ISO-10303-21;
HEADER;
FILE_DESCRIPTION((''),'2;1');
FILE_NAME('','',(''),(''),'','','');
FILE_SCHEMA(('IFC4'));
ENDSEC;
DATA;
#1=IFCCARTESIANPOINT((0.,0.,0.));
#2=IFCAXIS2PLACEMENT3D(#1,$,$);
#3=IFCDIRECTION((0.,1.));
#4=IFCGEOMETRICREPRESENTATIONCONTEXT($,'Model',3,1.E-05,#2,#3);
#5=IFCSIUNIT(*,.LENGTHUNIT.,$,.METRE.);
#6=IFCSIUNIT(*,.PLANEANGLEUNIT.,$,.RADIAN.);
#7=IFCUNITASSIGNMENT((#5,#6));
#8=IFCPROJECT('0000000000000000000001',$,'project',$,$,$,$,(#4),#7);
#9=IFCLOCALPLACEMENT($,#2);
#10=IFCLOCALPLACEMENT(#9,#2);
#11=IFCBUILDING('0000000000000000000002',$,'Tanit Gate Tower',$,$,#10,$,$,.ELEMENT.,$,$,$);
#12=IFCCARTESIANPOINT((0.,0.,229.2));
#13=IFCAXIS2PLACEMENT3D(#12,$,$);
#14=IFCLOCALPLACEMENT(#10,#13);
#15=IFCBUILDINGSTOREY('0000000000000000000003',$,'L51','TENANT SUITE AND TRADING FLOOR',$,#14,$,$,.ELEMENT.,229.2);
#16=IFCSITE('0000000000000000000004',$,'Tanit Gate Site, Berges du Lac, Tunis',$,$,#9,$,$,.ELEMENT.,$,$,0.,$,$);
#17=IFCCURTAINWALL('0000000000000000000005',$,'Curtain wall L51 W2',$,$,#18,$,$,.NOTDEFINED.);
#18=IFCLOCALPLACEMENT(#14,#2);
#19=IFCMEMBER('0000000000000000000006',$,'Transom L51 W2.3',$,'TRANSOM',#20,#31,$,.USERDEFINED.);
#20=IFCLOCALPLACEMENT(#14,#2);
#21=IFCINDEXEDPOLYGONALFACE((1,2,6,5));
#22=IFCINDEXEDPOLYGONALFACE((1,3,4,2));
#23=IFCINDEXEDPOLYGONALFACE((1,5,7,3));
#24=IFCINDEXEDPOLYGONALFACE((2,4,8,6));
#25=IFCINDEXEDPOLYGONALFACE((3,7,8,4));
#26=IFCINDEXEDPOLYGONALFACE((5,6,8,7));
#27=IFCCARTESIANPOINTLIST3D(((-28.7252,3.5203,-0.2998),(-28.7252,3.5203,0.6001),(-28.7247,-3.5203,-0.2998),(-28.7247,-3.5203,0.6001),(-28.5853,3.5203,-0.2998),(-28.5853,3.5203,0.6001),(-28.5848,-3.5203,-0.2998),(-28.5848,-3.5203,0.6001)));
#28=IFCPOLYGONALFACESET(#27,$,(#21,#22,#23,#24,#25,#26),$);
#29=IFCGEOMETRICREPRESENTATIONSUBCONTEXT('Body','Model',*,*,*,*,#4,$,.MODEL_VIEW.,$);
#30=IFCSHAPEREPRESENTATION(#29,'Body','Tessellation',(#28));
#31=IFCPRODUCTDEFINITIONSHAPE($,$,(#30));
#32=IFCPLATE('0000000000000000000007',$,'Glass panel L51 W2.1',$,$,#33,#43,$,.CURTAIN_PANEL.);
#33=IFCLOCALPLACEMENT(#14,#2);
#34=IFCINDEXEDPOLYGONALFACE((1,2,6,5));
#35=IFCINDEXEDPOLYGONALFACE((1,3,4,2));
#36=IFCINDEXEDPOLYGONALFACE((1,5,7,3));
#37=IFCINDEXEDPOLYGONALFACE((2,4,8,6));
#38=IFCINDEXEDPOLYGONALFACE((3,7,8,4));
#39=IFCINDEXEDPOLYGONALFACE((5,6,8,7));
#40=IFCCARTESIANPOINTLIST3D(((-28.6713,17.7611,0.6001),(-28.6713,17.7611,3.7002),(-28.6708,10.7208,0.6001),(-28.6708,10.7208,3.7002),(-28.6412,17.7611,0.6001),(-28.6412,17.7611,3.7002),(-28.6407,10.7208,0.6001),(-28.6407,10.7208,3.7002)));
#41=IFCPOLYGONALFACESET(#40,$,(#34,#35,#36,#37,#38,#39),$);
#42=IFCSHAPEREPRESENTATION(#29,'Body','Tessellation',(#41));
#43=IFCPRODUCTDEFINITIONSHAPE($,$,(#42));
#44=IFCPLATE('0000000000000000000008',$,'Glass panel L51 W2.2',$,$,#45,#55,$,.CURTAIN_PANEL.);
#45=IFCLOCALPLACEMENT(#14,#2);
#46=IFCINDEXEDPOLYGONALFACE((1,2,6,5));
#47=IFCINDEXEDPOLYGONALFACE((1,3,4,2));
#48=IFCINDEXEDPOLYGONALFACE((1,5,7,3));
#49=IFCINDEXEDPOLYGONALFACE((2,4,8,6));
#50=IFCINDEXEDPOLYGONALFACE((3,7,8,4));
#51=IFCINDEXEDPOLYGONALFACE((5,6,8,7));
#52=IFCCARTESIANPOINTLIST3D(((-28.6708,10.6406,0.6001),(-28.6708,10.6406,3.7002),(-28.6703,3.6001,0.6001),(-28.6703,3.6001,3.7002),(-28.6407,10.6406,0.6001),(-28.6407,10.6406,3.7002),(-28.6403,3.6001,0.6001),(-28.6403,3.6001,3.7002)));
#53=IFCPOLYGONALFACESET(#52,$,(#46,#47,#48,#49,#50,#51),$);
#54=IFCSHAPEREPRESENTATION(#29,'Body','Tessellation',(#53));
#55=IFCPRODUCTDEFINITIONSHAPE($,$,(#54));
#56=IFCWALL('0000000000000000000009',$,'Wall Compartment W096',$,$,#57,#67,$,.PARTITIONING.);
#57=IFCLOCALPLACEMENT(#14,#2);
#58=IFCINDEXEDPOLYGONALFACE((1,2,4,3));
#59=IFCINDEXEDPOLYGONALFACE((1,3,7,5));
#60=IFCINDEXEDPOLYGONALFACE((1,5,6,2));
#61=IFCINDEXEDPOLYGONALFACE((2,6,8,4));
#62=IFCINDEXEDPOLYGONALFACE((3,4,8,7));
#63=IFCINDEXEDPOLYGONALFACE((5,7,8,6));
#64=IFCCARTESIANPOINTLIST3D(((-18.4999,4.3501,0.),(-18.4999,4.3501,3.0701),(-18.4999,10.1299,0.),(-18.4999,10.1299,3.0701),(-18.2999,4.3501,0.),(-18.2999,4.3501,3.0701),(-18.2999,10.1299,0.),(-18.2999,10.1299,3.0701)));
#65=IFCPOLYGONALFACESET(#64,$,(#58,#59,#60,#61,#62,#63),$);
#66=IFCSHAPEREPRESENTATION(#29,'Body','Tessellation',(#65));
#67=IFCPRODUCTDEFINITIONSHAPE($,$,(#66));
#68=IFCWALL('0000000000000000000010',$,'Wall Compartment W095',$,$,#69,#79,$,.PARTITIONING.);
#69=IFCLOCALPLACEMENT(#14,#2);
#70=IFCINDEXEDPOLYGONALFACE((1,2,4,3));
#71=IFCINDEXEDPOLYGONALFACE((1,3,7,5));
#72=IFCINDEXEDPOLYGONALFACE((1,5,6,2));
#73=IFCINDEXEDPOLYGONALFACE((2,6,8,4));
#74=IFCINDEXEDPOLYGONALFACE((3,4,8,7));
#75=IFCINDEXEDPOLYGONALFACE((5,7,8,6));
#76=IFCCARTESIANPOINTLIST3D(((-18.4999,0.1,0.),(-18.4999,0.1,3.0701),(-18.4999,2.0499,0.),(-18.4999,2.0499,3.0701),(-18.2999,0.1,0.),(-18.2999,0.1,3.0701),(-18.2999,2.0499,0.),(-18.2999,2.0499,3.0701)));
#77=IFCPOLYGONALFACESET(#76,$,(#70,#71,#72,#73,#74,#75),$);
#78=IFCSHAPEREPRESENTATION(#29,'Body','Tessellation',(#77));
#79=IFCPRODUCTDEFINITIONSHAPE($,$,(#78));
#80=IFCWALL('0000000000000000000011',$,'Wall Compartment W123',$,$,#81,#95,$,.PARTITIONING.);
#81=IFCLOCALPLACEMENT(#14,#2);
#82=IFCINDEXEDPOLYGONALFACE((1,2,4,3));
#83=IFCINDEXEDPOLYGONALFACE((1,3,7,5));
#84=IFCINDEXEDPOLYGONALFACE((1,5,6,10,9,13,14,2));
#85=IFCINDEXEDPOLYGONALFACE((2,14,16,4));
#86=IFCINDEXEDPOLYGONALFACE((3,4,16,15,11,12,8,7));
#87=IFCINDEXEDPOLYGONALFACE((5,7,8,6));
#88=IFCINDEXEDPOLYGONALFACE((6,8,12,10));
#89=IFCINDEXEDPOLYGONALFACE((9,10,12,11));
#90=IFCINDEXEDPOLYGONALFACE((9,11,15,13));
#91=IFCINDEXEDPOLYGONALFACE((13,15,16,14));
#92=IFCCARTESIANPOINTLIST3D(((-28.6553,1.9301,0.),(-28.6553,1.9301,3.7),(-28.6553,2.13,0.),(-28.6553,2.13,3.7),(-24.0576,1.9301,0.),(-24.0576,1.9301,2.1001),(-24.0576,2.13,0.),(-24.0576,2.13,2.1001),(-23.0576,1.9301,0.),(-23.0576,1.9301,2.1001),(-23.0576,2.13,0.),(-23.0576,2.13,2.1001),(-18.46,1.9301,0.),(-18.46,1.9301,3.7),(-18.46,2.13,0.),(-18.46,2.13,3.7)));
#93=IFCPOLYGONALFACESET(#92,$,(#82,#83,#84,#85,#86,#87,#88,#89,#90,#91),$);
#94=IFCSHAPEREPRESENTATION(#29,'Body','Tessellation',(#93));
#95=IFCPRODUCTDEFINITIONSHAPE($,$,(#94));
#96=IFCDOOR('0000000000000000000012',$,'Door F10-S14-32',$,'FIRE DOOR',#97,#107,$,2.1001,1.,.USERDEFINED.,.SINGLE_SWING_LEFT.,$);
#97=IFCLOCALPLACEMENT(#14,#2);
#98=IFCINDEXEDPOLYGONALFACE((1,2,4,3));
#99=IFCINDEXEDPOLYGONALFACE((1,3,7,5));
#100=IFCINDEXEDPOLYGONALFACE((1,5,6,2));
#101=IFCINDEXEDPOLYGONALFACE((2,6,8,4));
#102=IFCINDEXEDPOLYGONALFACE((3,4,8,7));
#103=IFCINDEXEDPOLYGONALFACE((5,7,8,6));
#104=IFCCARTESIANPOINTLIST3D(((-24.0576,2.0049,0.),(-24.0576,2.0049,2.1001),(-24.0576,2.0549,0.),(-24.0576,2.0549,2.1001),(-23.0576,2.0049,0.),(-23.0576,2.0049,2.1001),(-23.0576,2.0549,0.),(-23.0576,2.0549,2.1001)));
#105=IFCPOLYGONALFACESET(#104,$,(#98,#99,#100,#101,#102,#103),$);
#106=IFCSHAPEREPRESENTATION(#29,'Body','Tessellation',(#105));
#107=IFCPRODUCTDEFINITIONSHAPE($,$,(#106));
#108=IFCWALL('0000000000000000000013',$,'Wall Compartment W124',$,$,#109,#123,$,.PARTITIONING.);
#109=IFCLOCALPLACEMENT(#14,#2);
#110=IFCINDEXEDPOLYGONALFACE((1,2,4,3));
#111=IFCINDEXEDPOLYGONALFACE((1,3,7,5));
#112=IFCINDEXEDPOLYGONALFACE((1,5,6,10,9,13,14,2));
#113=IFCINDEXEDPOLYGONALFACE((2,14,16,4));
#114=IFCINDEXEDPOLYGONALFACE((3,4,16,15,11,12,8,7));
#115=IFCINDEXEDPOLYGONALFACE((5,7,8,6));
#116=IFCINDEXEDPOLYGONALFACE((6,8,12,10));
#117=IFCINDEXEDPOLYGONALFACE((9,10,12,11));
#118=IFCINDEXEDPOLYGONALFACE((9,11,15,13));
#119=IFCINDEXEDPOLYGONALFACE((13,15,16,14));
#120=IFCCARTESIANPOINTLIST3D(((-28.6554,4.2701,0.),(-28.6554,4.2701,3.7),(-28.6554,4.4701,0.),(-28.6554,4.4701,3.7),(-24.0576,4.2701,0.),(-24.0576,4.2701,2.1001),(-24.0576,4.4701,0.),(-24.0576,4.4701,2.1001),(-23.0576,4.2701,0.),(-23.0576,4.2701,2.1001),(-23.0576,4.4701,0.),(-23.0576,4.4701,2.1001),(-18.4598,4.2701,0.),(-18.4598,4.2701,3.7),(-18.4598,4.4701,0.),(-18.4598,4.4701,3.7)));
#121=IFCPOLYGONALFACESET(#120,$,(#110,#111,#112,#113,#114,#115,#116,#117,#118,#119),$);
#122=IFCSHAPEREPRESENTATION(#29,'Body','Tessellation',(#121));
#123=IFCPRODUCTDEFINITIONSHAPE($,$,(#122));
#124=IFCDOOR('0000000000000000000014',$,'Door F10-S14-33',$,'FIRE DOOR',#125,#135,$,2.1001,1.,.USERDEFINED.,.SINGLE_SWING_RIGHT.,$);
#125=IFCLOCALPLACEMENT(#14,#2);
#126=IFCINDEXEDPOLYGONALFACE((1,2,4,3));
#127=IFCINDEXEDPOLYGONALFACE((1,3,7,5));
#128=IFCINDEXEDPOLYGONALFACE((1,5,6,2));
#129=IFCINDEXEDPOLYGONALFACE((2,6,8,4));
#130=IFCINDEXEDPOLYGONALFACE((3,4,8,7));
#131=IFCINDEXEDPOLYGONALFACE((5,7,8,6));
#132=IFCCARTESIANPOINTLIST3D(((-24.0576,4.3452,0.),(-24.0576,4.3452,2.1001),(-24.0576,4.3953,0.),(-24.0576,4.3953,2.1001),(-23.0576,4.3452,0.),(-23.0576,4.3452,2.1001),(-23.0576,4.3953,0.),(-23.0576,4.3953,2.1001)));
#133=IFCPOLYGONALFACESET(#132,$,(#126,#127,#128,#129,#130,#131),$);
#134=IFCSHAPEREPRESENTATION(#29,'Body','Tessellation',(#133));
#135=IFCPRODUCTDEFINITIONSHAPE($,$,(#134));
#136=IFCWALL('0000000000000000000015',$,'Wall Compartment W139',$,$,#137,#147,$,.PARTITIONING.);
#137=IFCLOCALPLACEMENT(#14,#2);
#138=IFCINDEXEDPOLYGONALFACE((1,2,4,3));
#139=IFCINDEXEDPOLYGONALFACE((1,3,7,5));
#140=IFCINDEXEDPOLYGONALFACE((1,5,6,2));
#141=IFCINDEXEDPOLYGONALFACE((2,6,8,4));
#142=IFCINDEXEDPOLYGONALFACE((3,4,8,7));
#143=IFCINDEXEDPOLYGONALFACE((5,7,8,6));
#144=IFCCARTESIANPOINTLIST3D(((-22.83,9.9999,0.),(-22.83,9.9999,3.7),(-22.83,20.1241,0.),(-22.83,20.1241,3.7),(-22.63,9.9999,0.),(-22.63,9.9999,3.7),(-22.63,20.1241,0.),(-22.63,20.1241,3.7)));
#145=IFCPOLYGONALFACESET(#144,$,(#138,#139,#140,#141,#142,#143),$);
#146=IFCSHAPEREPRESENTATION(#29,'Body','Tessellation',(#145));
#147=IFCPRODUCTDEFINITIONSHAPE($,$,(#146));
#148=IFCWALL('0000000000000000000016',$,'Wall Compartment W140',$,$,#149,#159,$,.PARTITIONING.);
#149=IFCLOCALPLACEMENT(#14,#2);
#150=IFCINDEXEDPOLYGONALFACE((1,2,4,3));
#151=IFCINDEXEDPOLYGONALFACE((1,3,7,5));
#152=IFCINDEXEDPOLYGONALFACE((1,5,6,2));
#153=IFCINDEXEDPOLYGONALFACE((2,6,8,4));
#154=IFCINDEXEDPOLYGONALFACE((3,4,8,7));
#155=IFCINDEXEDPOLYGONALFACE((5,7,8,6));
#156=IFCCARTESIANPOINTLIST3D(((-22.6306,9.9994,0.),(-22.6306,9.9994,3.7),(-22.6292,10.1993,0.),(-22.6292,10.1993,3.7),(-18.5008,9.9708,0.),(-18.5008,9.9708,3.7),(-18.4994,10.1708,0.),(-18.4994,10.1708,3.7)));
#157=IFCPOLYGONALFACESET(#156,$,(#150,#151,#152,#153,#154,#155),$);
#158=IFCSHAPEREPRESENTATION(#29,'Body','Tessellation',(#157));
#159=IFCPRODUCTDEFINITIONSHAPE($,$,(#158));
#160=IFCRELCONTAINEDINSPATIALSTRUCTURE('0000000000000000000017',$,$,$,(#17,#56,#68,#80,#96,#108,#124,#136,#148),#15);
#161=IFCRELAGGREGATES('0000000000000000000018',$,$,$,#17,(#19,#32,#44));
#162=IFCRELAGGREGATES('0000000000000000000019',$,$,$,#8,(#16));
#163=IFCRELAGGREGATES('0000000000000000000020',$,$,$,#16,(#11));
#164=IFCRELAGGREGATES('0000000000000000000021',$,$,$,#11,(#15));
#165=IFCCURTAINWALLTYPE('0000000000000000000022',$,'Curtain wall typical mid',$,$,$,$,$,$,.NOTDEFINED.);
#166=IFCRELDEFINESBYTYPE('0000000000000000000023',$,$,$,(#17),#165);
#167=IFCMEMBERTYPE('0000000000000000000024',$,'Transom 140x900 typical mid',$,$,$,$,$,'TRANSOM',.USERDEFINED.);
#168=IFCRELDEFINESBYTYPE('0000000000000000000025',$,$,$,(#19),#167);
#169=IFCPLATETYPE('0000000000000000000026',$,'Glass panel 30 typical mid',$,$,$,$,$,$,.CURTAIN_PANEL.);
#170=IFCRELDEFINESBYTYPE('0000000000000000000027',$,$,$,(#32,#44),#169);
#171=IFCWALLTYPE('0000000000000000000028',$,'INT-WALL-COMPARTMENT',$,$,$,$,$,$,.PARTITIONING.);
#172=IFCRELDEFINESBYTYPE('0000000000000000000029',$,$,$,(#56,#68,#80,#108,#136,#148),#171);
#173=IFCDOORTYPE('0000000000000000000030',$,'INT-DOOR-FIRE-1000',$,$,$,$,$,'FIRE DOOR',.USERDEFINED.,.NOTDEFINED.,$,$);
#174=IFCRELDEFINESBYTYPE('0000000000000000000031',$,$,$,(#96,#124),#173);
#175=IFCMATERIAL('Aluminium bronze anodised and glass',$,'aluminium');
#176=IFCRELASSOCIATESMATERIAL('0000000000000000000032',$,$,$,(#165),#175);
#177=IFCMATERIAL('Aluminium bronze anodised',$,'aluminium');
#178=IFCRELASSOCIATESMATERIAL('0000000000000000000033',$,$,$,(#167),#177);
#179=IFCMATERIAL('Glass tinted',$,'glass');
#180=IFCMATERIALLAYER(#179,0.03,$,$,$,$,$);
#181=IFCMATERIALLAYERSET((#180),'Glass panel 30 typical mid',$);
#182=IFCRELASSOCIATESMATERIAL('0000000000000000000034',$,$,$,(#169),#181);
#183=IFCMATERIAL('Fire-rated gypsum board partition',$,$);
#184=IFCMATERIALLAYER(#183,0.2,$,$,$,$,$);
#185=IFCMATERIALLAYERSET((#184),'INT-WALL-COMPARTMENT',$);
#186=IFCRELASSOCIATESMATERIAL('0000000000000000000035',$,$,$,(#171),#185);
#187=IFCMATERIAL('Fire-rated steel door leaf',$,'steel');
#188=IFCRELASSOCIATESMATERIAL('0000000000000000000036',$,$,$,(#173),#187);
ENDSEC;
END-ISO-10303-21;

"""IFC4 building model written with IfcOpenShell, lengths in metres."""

from ifc_helpers import new_model, si_unit, direction, frame, frame_2d, origin, origin_2d, place, context, subcontext, project, spatial, rectangle, extrude, material, layer, layer_set, material_profile, profile_set, type_object, element, fill, aggregate, save


model = new_model("IFC4")

# Units and contexts
model_context = context("Model", 3, precision=1e-05, world=origin(), true_north=direction((0.0, 1.0)))
body_context = subcontext(model_context, "Body", "Model", "MODEL_VIEW")
ifc_project = project(units=[si_unit("LENGTHUNIT", "METRE"), si_unit("PLANEANGLEUNIT", "RADIAN")], contexts=[model_context])

# Site, building, storey
site_placement = place(None, origin())
site = spatial("IfcSite", under=ifc_project, at=site_placement, Name="Tanit Gate Site, Berges du Lac, Tunis", CompositionType="ELEMENT", RefElevation=0.0)
building_placement = place(site_placement, origin())
building = spatial("IfcBuilding", under=site, at=building_placement, Name="Tanit Gate Tower", CompositionType="ELEMENT")
storey_placement = place(building_placement, frame((0.0, 0.0, 229.2)))
storey = spatial("IfcBuildingStorey", under=building, at=storey_placement, Name="L51", Description="TENANT SUITE AND TRADING FLOOR", CompositionType="ELEMENT", Elevation=229.2)

# Curtain wall
ifc_material_1 = material(Name="Aluminium bronze anodised and glass", Category="aluminium")
curtain_wall_type = type_object("IfcCurtainWallType", Name="Curtain wall typical mid", PredefinedType="NOTDEFINED", material=ifc_material_1)
curtain_wall_placement = place(storey_placement, origin())
curtain_wall = element("IfcCurtainWall", 1, at=curtain_wall_placement, inside=storey, type_object=curtain_wall_type, Name="Curtain wall L51 W2", PredefinedType="NOTDEFINED")

# Member
ifc_material_2 = material(Name="Aluminium bronze anodised", Category="aluminium")
ifc_material_profile_1 = material_profile(ifc_material_2, rectangle(XDim=0.1399, YDim=0.8999, at=origin_2d()), Name="140x900 bronze transom")
ifc_profile_set_1 = profile_set([ifc_material_profile_1], Name="Aluminium bronze anodised")
member_type_1 = type_object("IfcMemberType", Name="Transom 140x900 typical mid", ElementType="TRANSOM", PredefinedType="USERDEFINED", material=ifc_profile_set_1)
member_1_placement = place(storey_placement, frame((-28.6553, 3.5203, 0.1501), z_axis=(0.000069, -1.0, 0.0), x_axis=(1.0, 0.000069, 0.0)))
member_1 = element("IfcMember", 2, at=member_1_placement, type_object=member_type_1, Name="Transom L51 W2.3", ObjectType="TRANSOM", PredefinedType="USERDEFINED", context=body_context, shape_type="SweptSolid", body=[
    extrude(rectangle(XDim=0.1399, YDim=0.8999, at=origin_2d()), origin(), (0.0, 0.0, 1.0), 7.0405),
])

# Plates
ifc_material_3 = material(Name="Glass tinted", Category="glass")
ifc_layer_1 = layer(ifc_material_3, 0.03)
ifc_layer_set_1 = layer_set([ifc_layer_1], Name="Glass panel 30 typical mid")
plate_type = type_object("IfcPlateType", Name="Glass panel 30 typical mid", PredefinedType="CURTAIN_PANEL", material=ifc_layer_set_1)
plate_1_placement = place(storey_placement, frame((-28.656, 14.241, 0.6001), z_axis=(0.0, 0.0, 1.0), x_axis=(0.000069, -1.0, 0.0)))
plate_1 = element("IfcPlate", 3, at=plate_1_placement, type_object=plate_type, Name="Glass panel L51 W2.1", PredefinedType="CURTAIN_PANEL", context=body_context, shape_type="SweptSolid", body=[
    extrude(rectangle(XDim=7.0403, YDim=0.03, at=origin_2d()), origin(), (0.0, 0.0, 1.0), 3.1001),
])
plate_2_placement = place(storey_placement, frame((-28.6555, 7.1204, 0.6001), z_axis=(0.0, 0.0, 1.0), x_axis=(0.000069, -1.0, 0.0)))
plate_2 = element("IfcPlate", 4, at=plate_2_placement, type_object=plate_type, Name="Glass panel L51 W2.2", PredefinedType="CURTAIN_PANEL", context=body_context, shape_type="SweptSolid", body=[
    extrude(rectangle(XDim=7.0405, YDim=0.03, at=origin_2d()), origin(), (0.0, 0.0, 1.0), 3.1001),
])
aggregate(curtain_wall, [member_1, plate_1, plate_2])

# Walls
ifc_material_4 = material(Name="Fire-rated gypsum board partition")
ifc_layer_2 = layer(ifc_material_4, 0.2)
ifc_layer_set_2 = layer_set([ifc_layer_2], Name="INT-WALL-COMPARTMENT")
wall_type_1 = type_object("IfcWallType", Name="INT-WALL-COMPARTMENT", PredefinedType="PARTITIONING", material=ifc_layer_set_2)
wall_1_placement = place(storey_placement, frame((-18.3999, 10.1299, 0.0), z_axis=(0.0, 0.0, 1.0), x_axis=(0.0, -1.0, 0.0)))
element("IfcWall", 5, at=wall_1_placement, inside=storey, type_object=wall_type_1, Name="Wall Compartment W096", PredefinedType="PARTITIONING", context=body_context, shape_type="SweptSolid", body=[
    extrude(rectangle(XDim=5.7798, YDim=0.2, at=frame_2d((2.8899, 0.0))), origin(), (0.0, 0.0, 1.0), 3.0701),
])
wall_2_placement = place(storey_placement, frame((-18.3999, 2.05, 0.0), z_axis=(0.0, 0.0, 1.0), x_axis=(0.0, -1.0, 0.0)))
element("IfcWall", 6, at=wall_2_placement, inside=storey, type_object=wall_type_1, Name="Wall Compartment W095", PredefinedType="PARTITIONING", context=body_context, shape_type="SweptSolid", body=[
    extrude(rectangle(XDim=1.95, YDim=0.2, at=frame_2d((0.9751, 0.0))), origin(), (0.0, 0.0, 1.0), 3.0701),
])

# Walls, openings, doors
wall_3_placement = place(storey_placement, frame((-28.6553, 2.03, 0.0), z_axis=(0.0, 0.0, 1.0), x_axis=(1.0, 0.0, 0.0)))
wall_3 = element("IfcWall", 7, at=wall_3_placement, inside=storey, type_object=wall_type_1, Name="Wall Compartment W123", PredefinedType="PARTITIONING", context=body_context, shape_type="SweptSolid", body=[
    extrude(rectangle(XDim=10.1953, YDim=0.2, at=frame_2d((5.0977, 0.0))), origin(), (0.0, 0.0, 1.0), 3.7),
])
opening_1_placement = place(wall_3_placement, frame((4.5977, 0.0, 0.0)))
opening_1 = element("IfcOpeningElement", 8, at=opening_1_placement, cuts=wall_3, PredefinedType="OPENING", context=body_context, shape_type="SweptSolid", body=[
    extrude(rectangle(XDim=1.0, YDim=2.1001, at=frame_2d((0.5, 1.05))), frame((0.0, 0.1099, 0.0), z_axis=(0.0, -1.0, 0.0), x_axis=(1.0, 0.0, 0.0)), (0.0, 0.0, 1.0), 0.22),
])
ifc_material_5 = material(Name="Fire-rated steel door leaf", Category="steel")
door_type_1 = type_object("IfcDoorType", Name="INT-DOOR-FIRE-1000", ElementType="FIRE DOOR", OperationType="NOTDEFINED", PredefinedType="USERDEFINED", material=ifc_material_5)
door_1_placement = place(opening_1_placement, origin())
door_1 = element("IfcDoor", 9, at=door_1_placement, inside=storey, type_object=door_type_1, Name="Door F10-S14-32", ObjectType="FIRE DOOR", OperationType="SINGLE_SWING_LEFT", OverallHeight=2.1001, OverallWidth=1.0, PredefinedType="USERDEFINED", context=body_context, shape_type="SweptSolid", body=[
    extrude(rectangle(XDim=1.0, YDim=2.1001, at=frame_2d((0.5, 1.05))), frame((0.0, 0.0249, 0.0), z_axis=(0.0, -1.0, 0.0), x_axis=(1.0, 0.0, 0.0)), (0.0, 0.0, 1.0), 0.05),
])
fill(opening_1, door_1)
wall_4_placement = place(storey_placement, frame((-18.46, 4.3701, 0.0), z_axis=(0.0, 0.0, 1.0), x_axis=(-1.0, 0.0, 0.0)))
wall_4 = element("IfcWall", 10, at=wall_4_placement, inside=storey, type_object=wall_type_1, Name="Wall Compartment W124", PredefinedType="PARTITIONING", context=body_context, shape_type="SweptSolid", body=[
    extrude(rectangle(XDim=10.1956, YDim=0.2, at=frame_2d((5.0977, 0.0))), origin(), (0.0, 0.0, 1.0), 3.7),
])
opening_2_placement = place(wall_4_placement, frame((4.5977, 0.0, 0.0)))
opening_2 = element("IfcOpeningElement", 11, at=opening_2_placement, cuts=wall_4, PredefinedType="OPENING", context=body_context, shape_type="SweptSolid", body=[
    extrude(rectangle(XDim=1.0, YDim=2.1001, at=frame_2d((0.5, 1.05))), frame((0.0, 0.1099, 0.0), z_axis=(0.0, -1.0, 0.0), x_axis=(1.0, 0.0, 0.0)), (0.0, 0.0, 1.0), 0.22),
])
door_2_placement = place(opening_2_placement, origin())
door_2 = element("IfcDoor", 12, at=door_2_placement, inside=storey, type_object=door_type_1, Name="Door F10-S14-33", ObjectType="FIRE DOOR", OperationType="SINGLE_SWING_RIGHT", OverallHeight=2.1001, OverallWidth=1.0, PredefinedType="USERDEFINED", context=body_context, shape_type="SweptSolid", body=[
    extrude(rectangle(XDim=1.0, YDim=2.1001, at=frame_2d((0.5, 1.05))), frame((0.0, 0.0249, 0.0), z_axis=(0.0, -1.0, 0.0), x_axis=(1.0, 0.0, 0.0)), (0.0, 0.0, 1.0), 0.05),
])
fill(opening_2, door_2)

# Walls
wall_5_placement = place(storey_placement, frame((-22.73, 10.0, 0.0), z_axis=(0.0, 0.0, 1.0), x_axis=(0.0, 1.0, 0.0)))
element("IfcWall", 13, at=wall_5_placement, inside=storey, type_object=wall_type_1, Name="Wall Compartment W139", PredefinedType="PARTITIONING", context=body_context, shape_type="SweptSolid", body=[
    extrude(rectangle(XDim=10.1243, YDim=0.2, at=frame_2d((5.062, 0.0))), origin(), (0.0, 0.0, 1.0), 3.7),
])
wall_6_placement = place(storey_placement, frame((-22.6299, 10.0994, 0.0), z_axis=(0.0, 0.0, 1.0), x_axis=(0.999976, -0.006916, 0.0)))
element("IfcWall", 14, at=wall_6_placement, inside=storey, type_object=wall_type_1, Name="Wall Compartment W140", PredefinedType="PARTITIONING", context=body_context, shape_type="SweptSolid", body=[
    extrude(rectangle(XDim=4.1299, YDim=0.2, at=frame_2d((2.0649, 0.0))), origin(), (0.0, 0.0, 1.0), 3.7),
])

save(model, "model.ifc")
